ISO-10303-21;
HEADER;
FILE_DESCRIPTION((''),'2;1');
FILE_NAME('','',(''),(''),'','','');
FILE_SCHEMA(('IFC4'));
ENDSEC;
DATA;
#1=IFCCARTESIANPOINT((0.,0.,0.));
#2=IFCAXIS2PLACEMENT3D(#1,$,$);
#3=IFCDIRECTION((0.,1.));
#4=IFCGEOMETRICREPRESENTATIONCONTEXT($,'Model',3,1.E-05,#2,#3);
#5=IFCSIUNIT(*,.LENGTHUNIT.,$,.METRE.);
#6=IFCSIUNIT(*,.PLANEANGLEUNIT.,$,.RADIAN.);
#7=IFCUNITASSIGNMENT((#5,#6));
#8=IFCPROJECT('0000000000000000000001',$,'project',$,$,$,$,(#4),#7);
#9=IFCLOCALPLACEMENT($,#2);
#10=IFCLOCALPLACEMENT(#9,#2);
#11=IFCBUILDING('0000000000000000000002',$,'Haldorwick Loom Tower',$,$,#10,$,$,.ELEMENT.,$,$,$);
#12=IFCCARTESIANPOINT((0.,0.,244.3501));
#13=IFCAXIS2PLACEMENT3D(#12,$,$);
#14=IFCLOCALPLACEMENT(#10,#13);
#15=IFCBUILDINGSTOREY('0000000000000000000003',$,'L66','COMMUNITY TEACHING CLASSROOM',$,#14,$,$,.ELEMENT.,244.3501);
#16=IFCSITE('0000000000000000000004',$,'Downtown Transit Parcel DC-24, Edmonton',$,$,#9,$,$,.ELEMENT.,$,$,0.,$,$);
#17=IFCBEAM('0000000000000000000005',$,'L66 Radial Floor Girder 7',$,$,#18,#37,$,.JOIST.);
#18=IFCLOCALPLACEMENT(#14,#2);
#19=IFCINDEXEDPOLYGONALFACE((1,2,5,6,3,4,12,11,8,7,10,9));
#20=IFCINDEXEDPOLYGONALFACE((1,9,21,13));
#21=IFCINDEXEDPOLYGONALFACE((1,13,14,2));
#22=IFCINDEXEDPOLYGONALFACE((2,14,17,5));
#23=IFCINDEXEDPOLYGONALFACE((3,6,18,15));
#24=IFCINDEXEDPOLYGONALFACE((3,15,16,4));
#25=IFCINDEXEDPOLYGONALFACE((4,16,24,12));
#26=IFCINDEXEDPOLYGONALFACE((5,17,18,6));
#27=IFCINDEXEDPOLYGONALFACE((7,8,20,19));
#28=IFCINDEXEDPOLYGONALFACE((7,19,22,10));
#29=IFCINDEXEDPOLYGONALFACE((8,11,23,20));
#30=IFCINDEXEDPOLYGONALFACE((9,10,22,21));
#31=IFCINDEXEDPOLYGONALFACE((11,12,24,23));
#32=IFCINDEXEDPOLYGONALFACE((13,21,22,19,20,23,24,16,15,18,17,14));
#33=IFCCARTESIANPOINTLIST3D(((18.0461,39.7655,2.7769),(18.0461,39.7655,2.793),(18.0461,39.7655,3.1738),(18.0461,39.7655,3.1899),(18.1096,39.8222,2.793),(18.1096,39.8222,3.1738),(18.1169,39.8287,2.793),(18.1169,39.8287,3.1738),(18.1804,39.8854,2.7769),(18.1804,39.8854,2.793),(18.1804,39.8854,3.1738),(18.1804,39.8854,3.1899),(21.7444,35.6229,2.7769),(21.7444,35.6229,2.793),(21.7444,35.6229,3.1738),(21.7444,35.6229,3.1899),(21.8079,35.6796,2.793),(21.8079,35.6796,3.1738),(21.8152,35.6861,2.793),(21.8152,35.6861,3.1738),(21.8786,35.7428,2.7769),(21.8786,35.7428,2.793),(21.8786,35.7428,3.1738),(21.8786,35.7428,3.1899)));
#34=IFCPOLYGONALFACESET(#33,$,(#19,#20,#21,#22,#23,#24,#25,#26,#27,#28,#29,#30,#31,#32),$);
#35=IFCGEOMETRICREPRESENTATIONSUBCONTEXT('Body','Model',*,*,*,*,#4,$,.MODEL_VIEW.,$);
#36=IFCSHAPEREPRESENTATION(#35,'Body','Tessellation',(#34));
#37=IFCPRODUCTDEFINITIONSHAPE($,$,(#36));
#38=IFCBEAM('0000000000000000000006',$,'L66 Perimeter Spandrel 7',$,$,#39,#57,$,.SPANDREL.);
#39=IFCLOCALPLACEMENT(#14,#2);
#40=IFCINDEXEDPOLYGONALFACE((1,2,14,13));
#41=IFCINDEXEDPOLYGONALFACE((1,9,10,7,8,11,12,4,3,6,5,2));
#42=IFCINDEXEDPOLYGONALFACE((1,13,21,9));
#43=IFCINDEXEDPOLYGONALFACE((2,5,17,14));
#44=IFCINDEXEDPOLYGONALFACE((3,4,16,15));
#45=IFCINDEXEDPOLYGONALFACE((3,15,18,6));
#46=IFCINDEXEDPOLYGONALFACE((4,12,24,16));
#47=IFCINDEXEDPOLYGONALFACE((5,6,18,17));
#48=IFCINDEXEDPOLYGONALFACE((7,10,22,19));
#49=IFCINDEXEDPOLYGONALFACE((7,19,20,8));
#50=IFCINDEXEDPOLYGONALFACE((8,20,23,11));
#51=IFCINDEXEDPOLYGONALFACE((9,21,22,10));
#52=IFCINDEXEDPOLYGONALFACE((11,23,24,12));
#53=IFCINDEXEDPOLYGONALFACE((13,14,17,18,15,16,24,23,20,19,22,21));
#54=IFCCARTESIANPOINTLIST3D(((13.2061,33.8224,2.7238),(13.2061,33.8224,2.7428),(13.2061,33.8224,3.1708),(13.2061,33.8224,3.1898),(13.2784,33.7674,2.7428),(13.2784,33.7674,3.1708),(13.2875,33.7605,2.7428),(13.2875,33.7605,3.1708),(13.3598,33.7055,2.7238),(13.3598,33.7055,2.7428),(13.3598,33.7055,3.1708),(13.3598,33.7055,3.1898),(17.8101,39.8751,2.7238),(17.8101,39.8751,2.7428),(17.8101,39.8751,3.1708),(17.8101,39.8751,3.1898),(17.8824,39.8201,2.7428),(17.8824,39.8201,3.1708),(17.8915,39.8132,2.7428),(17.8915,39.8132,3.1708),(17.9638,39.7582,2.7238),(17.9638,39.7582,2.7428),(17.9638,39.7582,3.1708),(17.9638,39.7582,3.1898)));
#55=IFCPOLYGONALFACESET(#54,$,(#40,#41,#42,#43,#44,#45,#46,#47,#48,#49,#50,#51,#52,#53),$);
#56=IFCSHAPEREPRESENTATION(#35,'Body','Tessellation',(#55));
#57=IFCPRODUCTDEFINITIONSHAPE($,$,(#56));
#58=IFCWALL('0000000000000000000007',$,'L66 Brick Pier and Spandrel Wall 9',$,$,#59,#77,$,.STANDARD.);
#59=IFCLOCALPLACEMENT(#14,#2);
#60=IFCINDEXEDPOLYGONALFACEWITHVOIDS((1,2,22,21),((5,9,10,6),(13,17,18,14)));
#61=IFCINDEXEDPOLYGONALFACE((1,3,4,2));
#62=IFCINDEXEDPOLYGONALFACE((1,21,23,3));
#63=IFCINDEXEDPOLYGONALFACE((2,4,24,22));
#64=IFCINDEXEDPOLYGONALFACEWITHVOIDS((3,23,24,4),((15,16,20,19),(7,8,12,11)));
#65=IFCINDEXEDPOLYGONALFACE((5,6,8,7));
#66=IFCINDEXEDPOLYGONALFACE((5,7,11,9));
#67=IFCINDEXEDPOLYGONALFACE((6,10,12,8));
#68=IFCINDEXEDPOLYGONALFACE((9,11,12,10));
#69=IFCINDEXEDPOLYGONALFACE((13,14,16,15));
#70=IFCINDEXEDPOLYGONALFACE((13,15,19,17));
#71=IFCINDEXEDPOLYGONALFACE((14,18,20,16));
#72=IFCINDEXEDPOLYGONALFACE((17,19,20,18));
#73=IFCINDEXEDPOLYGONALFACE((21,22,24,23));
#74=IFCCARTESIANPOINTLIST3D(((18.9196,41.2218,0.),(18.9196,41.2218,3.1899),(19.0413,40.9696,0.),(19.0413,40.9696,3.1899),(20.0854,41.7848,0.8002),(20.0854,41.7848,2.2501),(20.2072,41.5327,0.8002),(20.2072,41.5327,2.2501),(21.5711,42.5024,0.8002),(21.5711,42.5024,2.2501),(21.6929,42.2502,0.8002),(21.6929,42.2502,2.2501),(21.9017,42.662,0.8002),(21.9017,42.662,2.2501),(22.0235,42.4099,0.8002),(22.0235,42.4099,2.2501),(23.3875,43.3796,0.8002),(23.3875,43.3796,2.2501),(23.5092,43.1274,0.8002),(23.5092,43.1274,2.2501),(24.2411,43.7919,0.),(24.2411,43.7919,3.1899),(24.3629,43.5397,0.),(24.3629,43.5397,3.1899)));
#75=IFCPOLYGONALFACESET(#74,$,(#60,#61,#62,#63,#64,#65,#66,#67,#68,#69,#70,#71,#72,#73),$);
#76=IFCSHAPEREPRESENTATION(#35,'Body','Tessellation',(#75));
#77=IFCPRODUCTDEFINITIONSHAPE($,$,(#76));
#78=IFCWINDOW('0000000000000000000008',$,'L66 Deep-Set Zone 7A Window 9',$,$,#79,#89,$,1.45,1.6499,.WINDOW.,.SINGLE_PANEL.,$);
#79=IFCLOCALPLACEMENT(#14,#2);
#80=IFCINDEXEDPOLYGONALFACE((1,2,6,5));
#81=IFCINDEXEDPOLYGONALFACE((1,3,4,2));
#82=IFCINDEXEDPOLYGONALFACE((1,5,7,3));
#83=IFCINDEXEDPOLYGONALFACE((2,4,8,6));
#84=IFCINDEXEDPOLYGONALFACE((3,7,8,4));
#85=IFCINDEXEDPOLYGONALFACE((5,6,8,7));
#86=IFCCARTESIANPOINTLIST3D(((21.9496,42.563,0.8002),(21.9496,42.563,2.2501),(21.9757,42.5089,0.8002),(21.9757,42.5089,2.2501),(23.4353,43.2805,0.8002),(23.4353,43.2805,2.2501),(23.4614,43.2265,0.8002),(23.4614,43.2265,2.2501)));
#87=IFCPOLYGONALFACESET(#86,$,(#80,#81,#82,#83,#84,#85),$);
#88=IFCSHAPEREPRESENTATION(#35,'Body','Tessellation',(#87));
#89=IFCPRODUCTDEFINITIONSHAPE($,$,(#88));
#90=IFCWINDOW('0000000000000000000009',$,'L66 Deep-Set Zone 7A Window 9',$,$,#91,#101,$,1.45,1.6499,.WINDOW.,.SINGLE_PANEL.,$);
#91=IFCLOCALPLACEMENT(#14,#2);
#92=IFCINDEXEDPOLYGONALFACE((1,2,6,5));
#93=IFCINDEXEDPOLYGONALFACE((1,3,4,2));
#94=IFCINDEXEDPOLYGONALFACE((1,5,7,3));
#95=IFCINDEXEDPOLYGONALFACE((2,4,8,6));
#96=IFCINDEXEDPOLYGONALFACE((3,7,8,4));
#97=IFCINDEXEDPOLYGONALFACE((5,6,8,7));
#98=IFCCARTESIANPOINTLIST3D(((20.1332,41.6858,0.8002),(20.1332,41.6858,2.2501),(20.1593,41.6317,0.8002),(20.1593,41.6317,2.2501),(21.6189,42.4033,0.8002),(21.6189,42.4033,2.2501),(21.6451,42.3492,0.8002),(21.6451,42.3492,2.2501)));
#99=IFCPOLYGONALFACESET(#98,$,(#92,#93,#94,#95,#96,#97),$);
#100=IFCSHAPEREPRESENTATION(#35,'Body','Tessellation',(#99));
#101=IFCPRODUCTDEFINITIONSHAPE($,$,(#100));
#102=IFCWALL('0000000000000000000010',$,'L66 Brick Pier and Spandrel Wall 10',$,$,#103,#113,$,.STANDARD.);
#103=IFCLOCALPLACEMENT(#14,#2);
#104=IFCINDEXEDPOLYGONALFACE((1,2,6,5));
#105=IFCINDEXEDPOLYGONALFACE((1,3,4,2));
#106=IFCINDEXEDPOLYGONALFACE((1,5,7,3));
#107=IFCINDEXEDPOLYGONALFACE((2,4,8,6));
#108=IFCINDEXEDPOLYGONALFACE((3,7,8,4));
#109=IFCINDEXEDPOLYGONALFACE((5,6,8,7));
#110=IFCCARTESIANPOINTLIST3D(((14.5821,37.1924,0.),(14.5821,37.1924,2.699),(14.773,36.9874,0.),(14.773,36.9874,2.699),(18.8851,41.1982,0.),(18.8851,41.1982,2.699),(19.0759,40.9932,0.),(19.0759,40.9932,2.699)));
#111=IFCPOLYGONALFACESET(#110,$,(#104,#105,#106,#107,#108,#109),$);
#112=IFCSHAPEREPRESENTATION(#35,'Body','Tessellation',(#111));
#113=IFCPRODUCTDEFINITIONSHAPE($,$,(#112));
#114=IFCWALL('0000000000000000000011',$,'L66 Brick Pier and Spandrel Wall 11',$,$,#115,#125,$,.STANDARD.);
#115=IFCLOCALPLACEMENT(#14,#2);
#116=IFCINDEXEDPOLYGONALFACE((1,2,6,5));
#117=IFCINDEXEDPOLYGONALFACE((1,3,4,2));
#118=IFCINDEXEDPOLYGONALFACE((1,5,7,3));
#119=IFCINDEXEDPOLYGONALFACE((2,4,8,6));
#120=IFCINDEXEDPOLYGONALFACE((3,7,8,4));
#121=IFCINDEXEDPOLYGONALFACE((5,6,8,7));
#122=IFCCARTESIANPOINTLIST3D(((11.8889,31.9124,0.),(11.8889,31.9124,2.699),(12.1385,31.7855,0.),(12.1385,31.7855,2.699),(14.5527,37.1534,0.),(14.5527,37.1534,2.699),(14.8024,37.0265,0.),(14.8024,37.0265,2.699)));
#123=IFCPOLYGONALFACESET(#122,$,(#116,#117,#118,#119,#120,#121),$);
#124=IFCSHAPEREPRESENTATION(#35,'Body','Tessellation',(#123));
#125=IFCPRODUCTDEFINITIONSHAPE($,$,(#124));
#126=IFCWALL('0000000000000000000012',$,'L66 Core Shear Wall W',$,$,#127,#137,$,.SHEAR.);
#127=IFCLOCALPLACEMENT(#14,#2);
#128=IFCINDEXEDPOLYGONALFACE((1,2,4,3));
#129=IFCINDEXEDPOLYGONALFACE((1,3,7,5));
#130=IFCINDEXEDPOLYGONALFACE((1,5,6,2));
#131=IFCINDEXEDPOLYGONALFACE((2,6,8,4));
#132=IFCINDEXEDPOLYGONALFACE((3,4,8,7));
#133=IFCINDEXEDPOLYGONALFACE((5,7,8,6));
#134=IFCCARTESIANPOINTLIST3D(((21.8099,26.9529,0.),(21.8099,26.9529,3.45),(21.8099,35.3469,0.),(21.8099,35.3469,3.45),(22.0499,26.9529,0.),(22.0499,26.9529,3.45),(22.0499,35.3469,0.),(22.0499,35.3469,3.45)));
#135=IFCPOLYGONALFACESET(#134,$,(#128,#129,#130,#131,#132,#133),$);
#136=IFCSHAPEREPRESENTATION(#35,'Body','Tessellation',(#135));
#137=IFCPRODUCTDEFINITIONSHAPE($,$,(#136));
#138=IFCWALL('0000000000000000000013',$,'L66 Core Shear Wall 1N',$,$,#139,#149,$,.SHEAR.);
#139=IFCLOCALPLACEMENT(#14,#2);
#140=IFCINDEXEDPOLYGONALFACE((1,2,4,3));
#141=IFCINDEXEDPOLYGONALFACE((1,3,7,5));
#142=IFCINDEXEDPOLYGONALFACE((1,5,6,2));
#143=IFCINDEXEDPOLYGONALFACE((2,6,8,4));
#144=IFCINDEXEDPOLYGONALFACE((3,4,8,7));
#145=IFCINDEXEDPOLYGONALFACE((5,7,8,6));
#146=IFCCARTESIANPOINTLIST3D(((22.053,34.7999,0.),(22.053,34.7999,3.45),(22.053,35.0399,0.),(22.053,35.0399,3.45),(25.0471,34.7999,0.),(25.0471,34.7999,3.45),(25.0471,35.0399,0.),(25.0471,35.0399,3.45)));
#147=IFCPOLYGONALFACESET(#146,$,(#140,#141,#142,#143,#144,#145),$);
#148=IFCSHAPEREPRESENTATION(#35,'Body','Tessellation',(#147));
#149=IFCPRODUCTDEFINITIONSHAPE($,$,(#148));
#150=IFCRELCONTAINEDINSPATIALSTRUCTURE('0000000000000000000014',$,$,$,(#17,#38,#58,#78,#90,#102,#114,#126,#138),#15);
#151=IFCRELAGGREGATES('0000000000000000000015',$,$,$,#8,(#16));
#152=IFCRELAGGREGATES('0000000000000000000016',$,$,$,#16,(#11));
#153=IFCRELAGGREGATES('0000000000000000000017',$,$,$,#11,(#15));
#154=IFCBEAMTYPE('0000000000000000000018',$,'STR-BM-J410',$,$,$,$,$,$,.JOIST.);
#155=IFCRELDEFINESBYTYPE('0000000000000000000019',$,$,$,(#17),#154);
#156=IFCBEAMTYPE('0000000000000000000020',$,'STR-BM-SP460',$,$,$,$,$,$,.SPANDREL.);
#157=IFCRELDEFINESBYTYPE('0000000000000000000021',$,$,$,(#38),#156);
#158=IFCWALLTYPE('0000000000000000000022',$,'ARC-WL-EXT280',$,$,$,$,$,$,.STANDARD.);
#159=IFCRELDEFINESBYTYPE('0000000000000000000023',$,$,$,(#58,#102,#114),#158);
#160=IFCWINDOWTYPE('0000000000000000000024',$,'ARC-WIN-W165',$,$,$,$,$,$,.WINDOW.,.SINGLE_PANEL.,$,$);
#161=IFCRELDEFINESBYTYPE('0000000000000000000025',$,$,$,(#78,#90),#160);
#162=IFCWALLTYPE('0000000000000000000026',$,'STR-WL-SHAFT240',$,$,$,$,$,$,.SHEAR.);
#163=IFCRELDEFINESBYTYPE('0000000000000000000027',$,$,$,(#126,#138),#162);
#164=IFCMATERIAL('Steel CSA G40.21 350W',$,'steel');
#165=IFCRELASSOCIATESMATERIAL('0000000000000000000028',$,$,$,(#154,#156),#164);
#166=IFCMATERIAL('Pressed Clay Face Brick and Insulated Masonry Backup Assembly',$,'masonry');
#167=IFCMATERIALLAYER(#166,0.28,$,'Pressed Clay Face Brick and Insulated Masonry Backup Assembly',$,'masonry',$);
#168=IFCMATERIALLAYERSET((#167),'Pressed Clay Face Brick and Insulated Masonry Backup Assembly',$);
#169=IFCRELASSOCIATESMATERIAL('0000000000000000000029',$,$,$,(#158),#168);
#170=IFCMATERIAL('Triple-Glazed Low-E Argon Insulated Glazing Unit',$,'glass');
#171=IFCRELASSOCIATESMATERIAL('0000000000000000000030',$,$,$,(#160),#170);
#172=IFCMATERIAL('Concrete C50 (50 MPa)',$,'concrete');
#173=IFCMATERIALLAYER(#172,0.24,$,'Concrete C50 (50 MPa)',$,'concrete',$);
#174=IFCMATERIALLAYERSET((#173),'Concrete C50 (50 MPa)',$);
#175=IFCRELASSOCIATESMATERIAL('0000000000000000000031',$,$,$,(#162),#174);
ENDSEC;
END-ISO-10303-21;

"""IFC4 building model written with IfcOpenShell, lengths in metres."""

from ifc_helpers import new_model, si_unit, direction, frame, frame_2d, origin, origin_2d, place, context, subcontext, project, spatial, rectangle, i_section, extrude, material, layer, layer_set, material_profile, profile_set, type_object, element, fill, save


model = new_model("IFC4")

# Units and contexts
model_context = context("Model", 3, precision=1e-05, world=origin(), true_north=direction((0.0, 1.0)))
body_context = subcontext(model_context, "Body", "Model", "MODEL_VIEW")
ifc_project = project(units=[si_unit("LENGTHUNIT", "METRE"), si_unit("PLANEANGLEUNIT", "RADIAN")], contexts=[model_context])

# Site, building, storey
site_placement = place(None, origin())
site = spatial("IfcSite", under=ifc_project, at=site_placement, Name="Downtown Transit Parcel DC-24, Edmonton", CompositionType="ELEMENT", RefElevation=0.0)
building_placement = place(site_placement, origin())
building = spatial("IfcBuilding", under=site, at=building_placement, Name="Haldorwick Loom Tower", CompositionType="ELEMENT")
storey_placement = place(building_placement, frame((0.0, 0.0, 244.3501)))
storey = spatial("IfcBuildingStorey", under=building, at=storey_placement, Name="L66", Description="COMMUNITY TEACHING CLASSROOM", CompositionType="ELEMENT", Elevation=244.3501)

# Shared definitions
ifc_material_1 = material(Name="Steel CSA G40.21 350W", Category="steel")

# Beams
ifc_material_2 = material(Name="Concrete C50 (50 MPa)", Category="concrete")
ifc_material_profile_1 = material_profile(ifc_material_1, i_section(OverallWidth=0.1799, OverallDepth=0.4131, WebThickness=0.0098, FlangeThickness=0.0161, at=origin_2d()), Name="W410X74", Category="steel")
ifc_profile_set_1 = profile_set([ifc_material_profile_1], Name="Steel CSA G40.21 350W")
beam_type_1 = type_object("IfcBeamType", Name="STR-BM-J410", PredefinedType="JOIST", material=ifc_profile_set_1)
beam_1_placement = place(storey_placement, frame((21.8115, 35.6829, 2.9834), z_axis=(-0.665967, 0.745981, 0.0), x_axis=(-0.745981, -0.665967, 0.0)))
element("IfcBeam", 1, at=beam_1_placement, inside=storey, type_object=beam_type_1, Name="L66 Radial Floor Girder 7", PredefinedType="JOIST", context=body_context, shape_type="SweptSolid", body=[
    extrude(i_section(OverallWidth=0.1799, OverallDepth=0.4131, WebThickness=0.0098, FlangeThickness=0.0161, at=origin_2d()), origin(), (0.0, 0.0, 1.0), 5.5532),
])
ifc_material_profile_2 = material_profile(ifc_material_1, i_section(OverallWidth=0.1931, OverallDepth=0.4661, WebThickness=0.0115, FlangeThickness=0.019, at=origin_2d()), Name="W460X97", Category="steel")
ifc_profile_set_2 = profile_set([ifc_material_profile_2], Name="Steel CSA G40.21 350W")
beam_type_2 = type_object("IfcBeamType", Name="STR-BM-SP460", PredefinedType="SPANDREL", material=ifc_profile_set_2)
beam_2_placement = place(storey_placement, frame((17.887, 39.8167, 2.9568), z_axis=(-0.60541, -0.795913, 0.0), x_axis=(0.795913, -0.60541, 0.0)))
element("IfcBeam", 2, at=beam_2_placement, inside=storey, type_object=beam_type_2, Name="L66 Perimeter Spandrel 7", PredefinedType="SPANDREL", context=body_context, shape_type="SweptSolid", body=[
    extrude(i_section(OverallWidth=0.1931, OverallDepth=0.4661, WebThickness=0.0115, FlangeThickness=0.019, at=origin_2d()), origin(), (0.0, 0.0, 1.0), 7.6047),
])

# Wall, openings, windows
ifc_material_3 = material(Name="Pressed Clay Face Brick and Insulated Masonry Backup Assembly", Category="masonry")
ifc_layer_1 = layer(ifc_material_3, 0.28, Name="Pressed Clay Face Brick and Insulated Masonry Backup Assembly", Category="masonry")
ifc_layer_set_1 = layer_set([ifc_layer_1], Name="Pressed Clay Face Brick and Insulated Masonry Backup Assembly")
wall_type_1 = type_object("IfcWallType", Name="ARC-WL-EXT280", PredefinedType="STANDARD", material=ifc_layer_set_1)
wall_1_placement = place(storey_placement, frame((24.302, 43.6658, 0.0), z_axis=(0.0, 0.0, 1.0), x_axis=(-0.900482, -0.434893, 0.0)))
wall_1 = element("IfcWall", 3, at=wall_1_placement, inside=storey, type_object=wall_type_1, Name="L66 Brick Pier and Spandrel Wall 9", PredefinedType="STANDARD", context=body_context, shape_type="SweptSolid", body=[
    extrude(rectangle(XDim=5.9097, YDim=0.28, at=frame_2d((2.9548, 0.0))), origin(), (0.0, 0.0, 1.0), 3.1899),
])
opening_1_placement = place(wall_1_placement, frame((0.948, 0.0, 0.8)))
opening_1 = element("IfcOpeningElement", 4, at=opening_1_placement, cuts=wall_1, PredefinedType="OPENING", context=body_context, shape_type="SweptSolid", body=[
    extrude(rectangle(XDim=1.6499, YDim=1.45, at=frame_2d((0.825, 0.7251))), frame((0.0, 0.1499, 0.0), z_axis=(0.0, -1.0, 0.0), x_axis=(1.0, 0.0, 0.0)), (0.0, 0.0, 1.0), 0.3),
])
opening_2_placement = place(wall_1_placement, frame((2.9651, 0.0, 0.8)))
opening_2 = element("IfcOpeningElement", 5, at=opening_2_placement, cuts=wall_1, PredefinedType="OPENING", context=body_context, shape_type="SweptSolid", body=[
    extrude(rectangle(XDim=1.6499, YDim=1.45, at=frame_2d((0.825, 0.7251))), frame((0.0, 0.1499, 0.0), z_axis=(0.0, -1.0, 0.0), x_axis=(1.0, 0.0, 0.0)), (0.0, 0.0, 1.0), 0.3),
])
ifc_material_4 = material(Name="Triple-Glazed Low-E Argon Insulated Glazing Unit", Category="glass")
window_type = type_object("IfcWindowType", Name="ARC-WIN-W165", PartitioningType="SINGLE_PANEL", PredefinedType="WINDOW", material=ifc_material_4)
window_1_placement = place(opening_1_placement, origin())
window_1 = element("IfcWindow", 6, at=window_1_placement, inside=storey, type_object=window_type, Name="L66 Deep-Set Zone 7A Window 9", OverallHeight=1.45, OverallWidth=1.6499, PartitioningType="SINGLE_PANEL", PredefinedType="WINDOW", context=body_context, shape_type="SweptSolid", body=[
    extrude(rectangle(XDim=1.6499, YDim=1.45, at=frame_2d((0.825, 0.7251))), frame((0.0, 0.03, 0.0), z_axis=(0.0, -1.0, 0.0), x_axis=(1.0, 0.0, 0.0)), (0.0, 0.0, 1.0), 0.0601),
])
fill(opening_1, window_1)
window_2_placement = place(opening_2_placement, origin())
window_2 = element("IfcWindow", 7, at=window_2_placement, inside=storey, type_object=window_type, Name="L66 Deep-Set Zone 7A Window 9", OverallHeight=1.45, OverallWidth=1.6499, PartitioningType="SINGLE_PANEL", PredefinedType="WINDOW", context=body_context, shape_type="SweptSolid", body=[
    extrude(rectangle(XDim=1.6499, YDim=1.45, at=frame_2d((0.825, 0.7251))), frame((0.0, 0.03, 0.0), z_axis=(0.0, -1.0, 0.0), x_axis=(1.0, 0.0, 0.0)), (0.0, 0.0, 1.0), 0.0601),
])
fill(opening_2, window_2)

# Walls
wall_2_placement = place(storey_placement, frame((18.9805, 41.0957, 0.0), z_axis=(0.0, 0.0, 1.0), x_axis=(-0.731925, -0.681386, 0.0)))
element("IfcWall", 8, at=wall_2_placement, inside=storey, type_object=wall_type_1, Name="L66 Brick Pier and Spandrel Wall 10", PredefinedType="STANDARD", context=body_context, shape_type="SweptSolid", body=[
    extrude(rectangle(XDim=5.8789, YDim=0.28, at=frame_2d((2.9395, 0.0))), origin(), (0.0, 0.0, 1.0), 2.699),
])
wall_3_placement = place(storey_placement, frame((14.6775, 37.0898, 0.0), z_axis=(0.0, 0.0, 1.0), x_axis=(-0.453101, -0.891459, 0.0)))
element("IfcWall", 9, at=wall_3_placement, inside=storey, type_object=wall_type_1, Name="L66 Brick Pier and Spandrel Wall 11", PredefinedType="STANDARD", context=body_context, shape_type="SweptSolid", body=[
    extrude(rectangle(XDim=5.8792, YDim=0.28, at=frame_2d((2.9395, 0.0))), origin(), (0.0, 0.0, 1.0), 2.699),
])
ifc_layer_2 = layer(ifc_material_2, 0.24, Name="Concrete C50 (50 MPa)", Category="concrete")
ifc_layer_set_2 = layer_set([ifc_layer_2], Name="Concrete C50 (50 MPa)")
wall_type_2 = type_object("IfcWallType", Name="STR-WL-SHAFT240", PredefinedType="SHEAR", material=ifc_layer_set_2)
wall_4_placement = place(storey_placement, frame((21.9299, 35.3469, 0.0), z_axis=(0.0, 0.0, 1.0), x_axis=(0.0, -1.0, 0.0)))
element("IfcWall", 10, at=wall_4_placement, inside=storey, type_object=wall_type_2, Name="L66 Core Shear Wall W", PredefinedType="SHEAR", context=body_context, shape_type="SweptSolid", body=[
    extrude(rectangle(XDim=8.394, YDim=0.24, at=frame_2d((4.197, 0.0))), origin(), (0.0, 0.0, 1.0), 3.45),
])
wall_5_placement = place(storey_placement, frame((22.053, 34.9199, 0.0), z_axis=(0.0, 0.0, 1.0), x_axis=(1.0, 0.0, 0.0)))
element("IfcWall", 11, at=wall_5_placement, inside=storey, type_object=wall_type_2, Name="L66 Core Shear Wall 1N", PredefinedType="SHEAR", context=body_context, shape_type="SweptSolid", body=[
    extrude(rectangle(XDim=2.9941, YDim=0.24, at=frame_2d((1.4971, 0.0))), origin(), (0.0, 0.0, 1.0), 3.45),
])

save(model, "model.ifc")
